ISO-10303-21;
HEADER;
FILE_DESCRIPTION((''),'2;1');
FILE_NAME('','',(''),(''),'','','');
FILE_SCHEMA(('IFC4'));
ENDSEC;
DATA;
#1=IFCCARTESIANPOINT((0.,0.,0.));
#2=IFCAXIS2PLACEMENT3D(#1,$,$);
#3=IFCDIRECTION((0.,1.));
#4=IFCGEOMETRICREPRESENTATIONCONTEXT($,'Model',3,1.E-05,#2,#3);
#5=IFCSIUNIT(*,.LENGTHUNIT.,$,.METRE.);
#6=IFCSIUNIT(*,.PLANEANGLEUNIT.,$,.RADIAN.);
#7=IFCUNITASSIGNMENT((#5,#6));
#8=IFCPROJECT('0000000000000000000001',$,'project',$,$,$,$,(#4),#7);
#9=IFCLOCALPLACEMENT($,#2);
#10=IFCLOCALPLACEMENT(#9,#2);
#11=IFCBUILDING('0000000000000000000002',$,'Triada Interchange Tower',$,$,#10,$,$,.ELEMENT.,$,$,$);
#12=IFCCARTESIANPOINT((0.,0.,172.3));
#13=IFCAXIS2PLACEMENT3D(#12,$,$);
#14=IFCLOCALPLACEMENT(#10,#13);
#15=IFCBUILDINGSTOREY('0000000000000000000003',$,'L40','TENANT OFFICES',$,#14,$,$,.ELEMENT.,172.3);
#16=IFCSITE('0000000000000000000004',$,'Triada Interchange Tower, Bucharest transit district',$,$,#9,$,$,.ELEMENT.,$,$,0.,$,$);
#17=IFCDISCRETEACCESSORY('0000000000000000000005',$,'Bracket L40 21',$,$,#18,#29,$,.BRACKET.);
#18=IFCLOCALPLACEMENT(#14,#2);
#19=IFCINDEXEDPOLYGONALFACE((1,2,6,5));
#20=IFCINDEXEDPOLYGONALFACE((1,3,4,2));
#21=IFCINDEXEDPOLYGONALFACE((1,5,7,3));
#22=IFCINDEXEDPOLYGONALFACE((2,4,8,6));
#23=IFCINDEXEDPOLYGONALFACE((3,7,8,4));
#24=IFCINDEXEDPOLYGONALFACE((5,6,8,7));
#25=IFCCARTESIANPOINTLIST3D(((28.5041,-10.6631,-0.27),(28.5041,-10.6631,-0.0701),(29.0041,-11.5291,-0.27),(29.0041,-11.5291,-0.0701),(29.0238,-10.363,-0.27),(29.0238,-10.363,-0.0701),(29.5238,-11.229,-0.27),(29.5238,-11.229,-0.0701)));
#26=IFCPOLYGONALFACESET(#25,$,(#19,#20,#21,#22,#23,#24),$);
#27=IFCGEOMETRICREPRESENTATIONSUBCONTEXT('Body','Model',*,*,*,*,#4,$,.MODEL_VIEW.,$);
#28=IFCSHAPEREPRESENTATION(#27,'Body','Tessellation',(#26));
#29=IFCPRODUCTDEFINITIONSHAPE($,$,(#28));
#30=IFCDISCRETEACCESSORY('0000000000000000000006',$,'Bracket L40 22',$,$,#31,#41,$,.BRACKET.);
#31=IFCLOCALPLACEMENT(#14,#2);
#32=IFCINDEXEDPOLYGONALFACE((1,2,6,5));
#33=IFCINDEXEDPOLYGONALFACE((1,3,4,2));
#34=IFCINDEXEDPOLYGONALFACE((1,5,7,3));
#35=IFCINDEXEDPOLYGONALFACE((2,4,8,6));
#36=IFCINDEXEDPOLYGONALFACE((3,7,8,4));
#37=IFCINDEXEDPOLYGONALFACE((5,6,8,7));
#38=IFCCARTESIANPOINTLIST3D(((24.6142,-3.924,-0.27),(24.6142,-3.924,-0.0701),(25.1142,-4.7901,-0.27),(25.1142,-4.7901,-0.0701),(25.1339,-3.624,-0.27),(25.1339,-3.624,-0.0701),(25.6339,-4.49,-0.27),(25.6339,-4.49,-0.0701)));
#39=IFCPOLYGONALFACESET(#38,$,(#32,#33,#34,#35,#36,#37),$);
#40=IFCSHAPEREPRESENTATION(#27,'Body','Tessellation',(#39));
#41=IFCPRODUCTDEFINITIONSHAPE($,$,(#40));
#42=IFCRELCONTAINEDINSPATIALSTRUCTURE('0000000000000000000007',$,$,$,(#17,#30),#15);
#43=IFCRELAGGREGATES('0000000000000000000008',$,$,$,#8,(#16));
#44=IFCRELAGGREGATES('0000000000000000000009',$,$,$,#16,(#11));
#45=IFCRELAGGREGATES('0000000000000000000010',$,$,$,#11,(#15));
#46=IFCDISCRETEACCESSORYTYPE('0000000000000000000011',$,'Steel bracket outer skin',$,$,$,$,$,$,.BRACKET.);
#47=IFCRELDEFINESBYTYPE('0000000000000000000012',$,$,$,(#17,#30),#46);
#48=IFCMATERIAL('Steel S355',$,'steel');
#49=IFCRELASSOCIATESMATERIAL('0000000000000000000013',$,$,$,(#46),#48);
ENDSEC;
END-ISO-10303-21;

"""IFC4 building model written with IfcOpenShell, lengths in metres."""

from ifc_helpers import new_model, si_unit, direction, frame, origin, origin_2d, place, context, subcontext, project, spatial, rectangle, extrude, material, type_object, element, save


model = new_model("IFC4")

# Units and contexts
model_context = context("Model", 3, precision=1e-05, world=origin(), true_north=direction((0.0, 1.0)))
body_context = subcontext(model_context, "Body", "Model", "MODEL_VIEW")
ifc_project = project(units=[si_unit("LENGTHUNIT", "METRE"), si_unit("PLANEANGLEUNIT", "RADIAN")], contexts=[model_context])

# Site, building, storey
site_placement = place(None, origin())
site = spatial("IfcSite", under=ifc_project, at=site_placement, Name="Triada Interchange Tower, Bucharest transit district", CompositionType="ELEMENT", RefElevation=0.0)
building_placement = place(site_placement, origin())
building = spatial("IfcBuilding", under=site, at=building_placement, Name="Triada Interchange Tower", CompositionType="ELEMENT")
storey_placement = place(building_placement, frame((0.0, 0.0, 172.3)))
storey = spatial("IfcBuildingStorey", under=building, at=storey_placement, Name="L40", Description="TENANT OFFICES", CompositionType="ELEMENT", Elevation=172.3)

# Discrete accessories
ifc_material_1 = material(Name="Steel S355", Category="steel")
discrete_accessory_type = type_object("IfcDiscreteAccessoryType", Name="Steel bracket outer skin", PredefinedType="BRACKET", material=ifc_material_1)
for number, where, z_axis, x_axis, name in (
    (1, (29.0139, -10.946, -0.27), (0.0, 0.0, 1.0), (0.866023, 0.500005, 0.0), "Bracket L40 21"),
    (2, (25.124, -4.207, -0.27), (0.0, 0.0, 1.0), (0.866023, 0.500005, 0.0), "Bracket L40 22"),
):
    element("IfcDiscreteAccessory", number, at=place(storey_placement, frame(where, z_axis=z_axis, x_axis=x_axis)), inside=storey, type_object=discrete_accessory_type, Name=name, PredefinedType="BRACKET", context=body_context, shape_type="SweptSolid", body=[
        extrude(rectangle(XDim=0.6001, YDim=1.0, at=origin_2d()), origin(), (0.0, 0.0, 1.0), 0.2),
    ])

save(model, "model.ifc")
